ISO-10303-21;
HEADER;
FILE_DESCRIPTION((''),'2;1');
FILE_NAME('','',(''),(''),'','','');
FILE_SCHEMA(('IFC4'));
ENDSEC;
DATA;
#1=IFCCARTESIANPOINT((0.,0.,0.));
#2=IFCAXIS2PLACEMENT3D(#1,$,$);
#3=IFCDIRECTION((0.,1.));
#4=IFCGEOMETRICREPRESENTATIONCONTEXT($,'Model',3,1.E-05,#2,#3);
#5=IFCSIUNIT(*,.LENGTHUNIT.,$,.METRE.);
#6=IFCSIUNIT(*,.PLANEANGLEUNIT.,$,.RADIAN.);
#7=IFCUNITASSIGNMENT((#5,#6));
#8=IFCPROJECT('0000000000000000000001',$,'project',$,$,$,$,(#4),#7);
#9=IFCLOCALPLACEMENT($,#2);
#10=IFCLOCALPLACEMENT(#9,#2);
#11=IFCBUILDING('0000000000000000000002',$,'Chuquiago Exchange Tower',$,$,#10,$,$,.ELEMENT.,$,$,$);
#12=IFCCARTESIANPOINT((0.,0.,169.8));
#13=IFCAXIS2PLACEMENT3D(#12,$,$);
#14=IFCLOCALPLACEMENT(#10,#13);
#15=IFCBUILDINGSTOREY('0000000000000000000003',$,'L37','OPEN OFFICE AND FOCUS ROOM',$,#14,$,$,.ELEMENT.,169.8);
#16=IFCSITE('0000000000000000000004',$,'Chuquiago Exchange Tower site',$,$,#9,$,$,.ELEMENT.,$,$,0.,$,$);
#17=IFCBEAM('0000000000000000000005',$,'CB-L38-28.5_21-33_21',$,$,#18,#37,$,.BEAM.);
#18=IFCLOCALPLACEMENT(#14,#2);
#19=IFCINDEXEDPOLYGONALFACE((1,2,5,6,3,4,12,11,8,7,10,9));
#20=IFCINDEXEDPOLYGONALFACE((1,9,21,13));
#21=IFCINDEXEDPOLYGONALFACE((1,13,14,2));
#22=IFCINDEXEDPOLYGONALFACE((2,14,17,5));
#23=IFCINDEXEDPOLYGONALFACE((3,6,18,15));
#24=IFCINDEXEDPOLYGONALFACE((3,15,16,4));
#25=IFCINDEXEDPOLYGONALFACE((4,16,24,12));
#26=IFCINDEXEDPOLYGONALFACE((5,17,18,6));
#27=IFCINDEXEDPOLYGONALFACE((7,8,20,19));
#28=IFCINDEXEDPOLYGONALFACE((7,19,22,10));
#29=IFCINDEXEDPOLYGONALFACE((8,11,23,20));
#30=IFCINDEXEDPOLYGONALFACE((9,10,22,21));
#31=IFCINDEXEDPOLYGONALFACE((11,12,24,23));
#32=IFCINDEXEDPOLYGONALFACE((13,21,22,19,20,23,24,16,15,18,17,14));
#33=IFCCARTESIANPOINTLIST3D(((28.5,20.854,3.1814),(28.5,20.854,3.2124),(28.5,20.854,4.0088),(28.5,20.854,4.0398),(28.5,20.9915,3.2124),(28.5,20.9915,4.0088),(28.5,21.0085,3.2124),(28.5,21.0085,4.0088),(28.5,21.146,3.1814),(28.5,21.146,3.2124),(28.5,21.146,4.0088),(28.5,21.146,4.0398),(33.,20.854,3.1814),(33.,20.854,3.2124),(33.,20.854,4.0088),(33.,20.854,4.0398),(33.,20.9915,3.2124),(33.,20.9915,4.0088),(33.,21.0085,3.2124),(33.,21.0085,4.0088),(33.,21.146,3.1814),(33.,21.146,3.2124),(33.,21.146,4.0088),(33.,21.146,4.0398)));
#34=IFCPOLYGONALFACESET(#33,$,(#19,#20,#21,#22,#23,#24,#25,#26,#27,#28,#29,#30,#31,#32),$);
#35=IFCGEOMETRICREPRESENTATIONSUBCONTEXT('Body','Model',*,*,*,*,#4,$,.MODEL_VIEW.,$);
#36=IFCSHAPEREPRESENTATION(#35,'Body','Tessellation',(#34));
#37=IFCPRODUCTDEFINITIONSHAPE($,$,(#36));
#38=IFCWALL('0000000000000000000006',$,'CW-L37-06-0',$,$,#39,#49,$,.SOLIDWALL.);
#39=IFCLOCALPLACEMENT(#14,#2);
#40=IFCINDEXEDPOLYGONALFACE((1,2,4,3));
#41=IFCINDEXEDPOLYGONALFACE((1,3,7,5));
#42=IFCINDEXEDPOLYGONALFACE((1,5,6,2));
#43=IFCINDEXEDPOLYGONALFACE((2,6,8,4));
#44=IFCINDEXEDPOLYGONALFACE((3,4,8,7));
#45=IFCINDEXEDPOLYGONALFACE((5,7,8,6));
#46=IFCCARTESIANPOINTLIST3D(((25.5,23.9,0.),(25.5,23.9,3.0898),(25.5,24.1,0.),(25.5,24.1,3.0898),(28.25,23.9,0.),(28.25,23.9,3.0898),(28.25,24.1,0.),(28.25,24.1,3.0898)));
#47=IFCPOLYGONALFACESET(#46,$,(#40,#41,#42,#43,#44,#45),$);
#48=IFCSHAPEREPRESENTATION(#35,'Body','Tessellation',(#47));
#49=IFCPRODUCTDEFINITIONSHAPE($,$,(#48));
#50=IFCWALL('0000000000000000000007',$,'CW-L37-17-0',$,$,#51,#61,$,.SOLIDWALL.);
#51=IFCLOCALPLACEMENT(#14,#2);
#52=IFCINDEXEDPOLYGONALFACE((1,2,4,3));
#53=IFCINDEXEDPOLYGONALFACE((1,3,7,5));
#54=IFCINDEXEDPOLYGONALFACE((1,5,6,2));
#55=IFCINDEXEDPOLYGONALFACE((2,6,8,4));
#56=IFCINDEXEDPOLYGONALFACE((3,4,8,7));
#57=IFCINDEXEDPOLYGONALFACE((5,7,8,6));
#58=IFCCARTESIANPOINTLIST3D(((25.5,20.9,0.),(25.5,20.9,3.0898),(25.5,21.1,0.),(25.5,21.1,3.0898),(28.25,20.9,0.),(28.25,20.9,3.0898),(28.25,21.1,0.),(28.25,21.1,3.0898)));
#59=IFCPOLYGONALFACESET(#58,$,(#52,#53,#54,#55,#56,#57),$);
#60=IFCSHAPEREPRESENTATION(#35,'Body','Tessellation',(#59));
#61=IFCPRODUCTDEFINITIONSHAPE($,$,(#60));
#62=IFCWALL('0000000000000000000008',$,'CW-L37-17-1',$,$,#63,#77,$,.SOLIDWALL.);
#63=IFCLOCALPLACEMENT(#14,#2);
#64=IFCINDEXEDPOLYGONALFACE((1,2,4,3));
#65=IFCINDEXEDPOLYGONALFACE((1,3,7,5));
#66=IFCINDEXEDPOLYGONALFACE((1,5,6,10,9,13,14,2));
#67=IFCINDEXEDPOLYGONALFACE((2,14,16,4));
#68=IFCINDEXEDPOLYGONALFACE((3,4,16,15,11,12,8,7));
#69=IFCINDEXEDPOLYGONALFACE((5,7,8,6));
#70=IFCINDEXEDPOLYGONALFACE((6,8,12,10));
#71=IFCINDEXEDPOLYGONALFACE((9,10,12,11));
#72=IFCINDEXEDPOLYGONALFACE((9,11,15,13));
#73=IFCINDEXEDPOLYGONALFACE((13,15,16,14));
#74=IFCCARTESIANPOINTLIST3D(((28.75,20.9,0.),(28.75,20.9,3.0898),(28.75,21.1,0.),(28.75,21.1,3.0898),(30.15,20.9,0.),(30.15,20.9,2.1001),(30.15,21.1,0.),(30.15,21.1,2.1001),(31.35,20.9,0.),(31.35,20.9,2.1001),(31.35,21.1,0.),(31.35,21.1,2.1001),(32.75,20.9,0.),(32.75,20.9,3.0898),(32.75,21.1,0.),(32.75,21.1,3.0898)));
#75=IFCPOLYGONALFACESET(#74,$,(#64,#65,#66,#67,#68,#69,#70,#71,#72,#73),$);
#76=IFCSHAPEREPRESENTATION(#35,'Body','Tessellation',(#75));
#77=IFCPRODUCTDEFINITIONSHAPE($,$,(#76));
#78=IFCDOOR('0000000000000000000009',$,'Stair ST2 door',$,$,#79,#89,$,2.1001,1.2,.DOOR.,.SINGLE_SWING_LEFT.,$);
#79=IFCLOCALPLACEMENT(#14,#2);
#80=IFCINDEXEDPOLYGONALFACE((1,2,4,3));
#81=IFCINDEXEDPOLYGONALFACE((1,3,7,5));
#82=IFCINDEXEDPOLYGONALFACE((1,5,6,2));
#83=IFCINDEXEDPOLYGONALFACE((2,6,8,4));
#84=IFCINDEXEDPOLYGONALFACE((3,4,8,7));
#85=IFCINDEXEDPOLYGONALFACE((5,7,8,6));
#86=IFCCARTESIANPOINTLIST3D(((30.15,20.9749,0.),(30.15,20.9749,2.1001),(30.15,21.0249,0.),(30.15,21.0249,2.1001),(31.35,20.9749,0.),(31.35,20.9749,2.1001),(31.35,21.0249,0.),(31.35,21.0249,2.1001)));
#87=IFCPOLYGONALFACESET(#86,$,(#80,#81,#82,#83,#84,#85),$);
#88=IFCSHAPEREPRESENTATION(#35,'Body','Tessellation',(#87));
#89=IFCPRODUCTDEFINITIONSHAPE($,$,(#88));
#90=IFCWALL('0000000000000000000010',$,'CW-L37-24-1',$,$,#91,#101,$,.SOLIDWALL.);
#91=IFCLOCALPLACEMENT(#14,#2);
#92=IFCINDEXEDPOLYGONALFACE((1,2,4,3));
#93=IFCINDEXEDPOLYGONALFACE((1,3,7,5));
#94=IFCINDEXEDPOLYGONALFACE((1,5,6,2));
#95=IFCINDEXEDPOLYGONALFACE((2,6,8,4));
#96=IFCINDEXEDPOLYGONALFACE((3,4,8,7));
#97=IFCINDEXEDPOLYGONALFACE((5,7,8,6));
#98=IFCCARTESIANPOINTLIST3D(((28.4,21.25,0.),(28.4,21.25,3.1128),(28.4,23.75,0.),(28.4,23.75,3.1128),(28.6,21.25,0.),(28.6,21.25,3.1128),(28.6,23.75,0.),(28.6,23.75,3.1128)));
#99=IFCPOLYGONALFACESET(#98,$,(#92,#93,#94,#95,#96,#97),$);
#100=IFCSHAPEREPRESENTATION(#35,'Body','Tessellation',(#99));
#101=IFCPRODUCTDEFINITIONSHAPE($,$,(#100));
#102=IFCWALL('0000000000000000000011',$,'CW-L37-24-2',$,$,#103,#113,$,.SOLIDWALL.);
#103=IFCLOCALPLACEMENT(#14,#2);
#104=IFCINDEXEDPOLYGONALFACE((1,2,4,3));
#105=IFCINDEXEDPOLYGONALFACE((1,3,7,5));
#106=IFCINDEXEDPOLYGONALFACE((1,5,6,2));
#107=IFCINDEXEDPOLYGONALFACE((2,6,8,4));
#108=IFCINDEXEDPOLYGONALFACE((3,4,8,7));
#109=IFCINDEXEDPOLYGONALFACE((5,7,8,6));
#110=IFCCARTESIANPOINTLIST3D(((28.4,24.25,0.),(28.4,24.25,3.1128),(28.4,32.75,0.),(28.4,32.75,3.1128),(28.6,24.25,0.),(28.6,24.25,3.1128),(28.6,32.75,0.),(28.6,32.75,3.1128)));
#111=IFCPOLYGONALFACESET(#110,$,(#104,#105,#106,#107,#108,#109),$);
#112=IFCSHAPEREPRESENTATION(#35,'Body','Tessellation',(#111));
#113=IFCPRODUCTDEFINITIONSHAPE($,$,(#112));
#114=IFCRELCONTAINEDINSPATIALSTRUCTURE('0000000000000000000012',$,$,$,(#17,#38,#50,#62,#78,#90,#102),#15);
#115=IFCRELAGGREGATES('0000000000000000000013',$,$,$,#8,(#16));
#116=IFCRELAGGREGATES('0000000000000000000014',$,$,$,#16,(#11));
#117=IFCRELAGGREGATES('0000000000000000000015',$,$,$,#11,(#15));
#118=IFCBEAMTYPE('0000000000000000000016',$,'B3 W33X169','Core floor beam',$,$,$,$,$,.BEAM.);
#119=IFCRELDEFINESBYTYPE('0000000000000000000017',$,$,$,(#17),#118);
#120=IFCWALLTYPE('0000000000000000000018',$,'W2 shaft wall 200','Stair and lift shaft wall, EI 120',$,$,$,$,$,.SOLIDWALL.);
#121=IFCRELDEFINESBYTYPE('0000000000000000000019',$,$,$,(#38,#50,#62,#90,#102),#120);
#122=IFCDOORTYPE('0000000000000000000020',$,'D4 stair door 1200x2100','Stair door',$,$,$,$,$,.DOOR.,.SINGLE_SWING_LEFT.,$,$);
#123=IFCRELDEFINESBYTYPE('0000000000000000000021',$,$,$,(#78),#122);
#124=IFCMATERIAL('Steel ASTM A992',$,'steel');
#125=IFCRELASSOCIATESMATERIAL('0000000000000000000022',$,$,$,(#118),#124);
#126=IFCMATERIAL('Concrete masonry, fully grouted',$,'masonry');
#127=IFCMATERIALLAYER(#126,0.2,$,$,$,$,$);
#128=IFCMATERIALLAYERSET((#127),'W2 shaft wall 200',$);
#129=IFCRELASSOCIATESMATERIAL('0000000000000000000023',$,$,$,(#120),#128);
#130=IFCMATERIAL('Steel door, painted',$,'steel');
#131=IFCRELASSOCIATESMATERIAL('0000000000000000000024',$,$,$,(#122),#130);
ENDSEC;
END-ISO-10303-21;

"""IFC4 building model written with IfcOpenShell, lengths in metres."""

from ifc_helpers import new_model, si_unit, direction, frame, frame_2d, origin, origin_2d, place, context, subcontext, project, spatial, rectangle, i_section, extrude, material, layer, layer_set, material_profile, profile_set, type_object, element, fill, save


model = new_model("IFC4")

# Units and contexts
model_context = context("Model", 3, precision=1e-05, world=origin(), true_north=direction((0.0, 1.0)))
body_context = subcontext(model_context, "Body", "Model", "MODEL_VIEW")
ifc_project = project(units=[si_unit("LENGTHUNIT", "METRE"), si_unit("PLANEANGLEUNIT", "RADIAN")], contexts=[model_context])

# Site, building, storey
site_placement = place(None, origin())
site = spatial("IfcSite", under=ifc_project, at=site_placement, Name="Chuquiago Exchange Tower site", CompositionType="ELEMENT", RefElevation=0.0)
building_placement = place(site_placement, origin())
building = spatial("IfcBuilding", under=site, at=building_placement, Name="Chuquiago Exchange Tower", CompositionType="ELEMENT")
storey_placement = place(building_placement, frame((0.0, 0.0, 169.8)))
storey = spatial("IfcBuildingStorey", under=building, at=storey_placement, Name="L37", Description="OPEN OFFICE AND FOCUS ROOM", CompositionType="ELEMENT", Elevation=169.8)

# Beam
ifc_material_1 = material(Name="Steel ASTM A992", Category="steel")
ifc_material_profile_1 = material_profile(ifc_material_1, i_section(OverallWidth=0.292, OverallDepth=0.8584, WebThickness=0.0171, FlangeThickness=0.031, at=origin_2d()), Name="W33X169")
ifc_profile_set_1 = profile_set([ifc_material_profile_1], Name="Steel ASTM A992")
beam_type_1 = type_object("IfcBeamType", Name="B3 W33X169", Description="Core floor beam", PredefinedType="BEAM", material=ifc_profile_set_1)
beam_1_placement = place(storey_placement, frame((28.5, 21.0, 3.6106), z_axis=(1.0, 0.0, 0.0), x_axis=(0.0, 1.0, 0.0)))
element("IfcBeam", 1, at=beam_1_placement, inside=storey, type_object=beam_type_1, Name="CB-L38-28.5_21-33_21", PredefinedType="BEAM", context=body_context, shape_type="SweptSolid", body=[
    extrude(i_section(OverallWidth=0.292, OverallDepth=0.8584, WebThickness=0.0171, FlangeThickness=0.031, at=origin_2d()), origin(), (0.0, 0.0, 1.0), 4.5),
])

# Walls
ifc_material_2 = material(Name="Concrete masonry, fully grouted", Category="masonry")
ifc_layer = layer(ifc_material_2, 0.2)
ifc_layer_set = layer_set([ifc_layer], Name="W2 shaft wall 200")
wall_type = type_object("IfcWallType", Name="W2 shaft wall 200", Description="Stair and lift shaft wall, EI 120", PredefinedType="SOLIDWALL", material=ifc_layer_set)
for number, where, z_axis, x_axis, name in (
    (2, (25.5, 24.0, 0.0), (0.0, 0.0, 1.0), (1.0, 0.0, 0.0), "CW-L37-06-0"),
    (3, (25.5, 21.0, 0.0), (0.0, 0.0, 1.0), (1.0, 0.0, 0.0), "CW-L37-17-0"),
):
    element("IfcWall", number, at=place(storey_placement, frame(where, z_axis=z_axis, x_axis=x_axis)), inside=storey, type_object=wall_type, Name=name, PredefinedType="SOLIDWALL", context=body_context, shape_type="SweptSolid", body=[
        extrude(rectangle(XDim=2.75, YDim=0.2, at=frame_2d((1.375, 0.0))), origin(), (0.0, 0.0, 1.0), 3.0898),
    ])

# Wall, opening, door
wall_1_placement = place(storey_placement, frame((28.75, 21.0, 0.0), z_axis=(0.0, 0.0, 1.0), x_axis=(1.0, 0.0, 0.0)))
wall_1 = element("IfcWall", 4, at=wall_1_placement, inside=storey, type_object=wall_type, Name="CW-L37-17-1", PredefinedType="SOLIDWALL", context=body_context, shape_type="SweptSolid", body=[
    extrude(rectangle(XDim=4.0, YDim=0.2, at=frame_2d((2.0, 0.0))), origin(), (0.0, 0.0, 1.0), 3.0898),
])
opening_placement = place(wall_1_placement, frame((1.3999, 0.0, 0.0)))
opening = element("IfcOpeningElement", 5, at=opening_placement, cuts=wall_1, PredefinedType="OPENING", context=body_context, shape_type="SweptSolid", body=[
    extrude(rectangle(XDim=1.2, YDim=2.1001, at=frame_2d((0.6001, 1.05))), frame((0.0, 0.1099, 0.0), z_axis=(0.0, -1.0, 0.0), x_axis=(1.0, 0.0, 0.0)), (0.0, 0.0, 1.0), 0.22),
])
ifc_material_3 = material(Name="Steel door, painted", Category="steel")
door_type = type_object("IfcDoorType", Name="D4 stair door 1200x2100", Description="Stair door", OperationType="SINGLE_SWING_LEFT", PredefinedType="DOOR", material=ifc_material_3)
door_placement = place(opening_placement, origin())
door = element("IfcDoor", 6, at=door_placement, inside=storey, type_object=door_type, Name="Stair ST2 door", OperationType="SINGLE_SWING_LEFT", OverallHeight=2.1001, OverallWidth=1.2, PredefinedType="DOOR", context=body_context, shape_type="SweptSolid", body=[
    extrude(rectangle(XDim=1.2, YDim=2.1001, at=frame_2d((0.6001, 1.05))), frame((0.0, 0.0249, 0.0), z_axis=(0.0, -1.0, 0.0), x_axis=(1.0, 0.0, 0.0)), (0.0, 0.0, 1.0), 0.05),
])
fill(opening, door)

# Walls
wall_2_placement = place(storey_placement, frame((28.5, 21.25, 0.0), z_axis=(0.0, 0.0, 1.0), x_axis=(0.0, 1.0, 0.0)))
element("IfcWall", 7, at=wall_2_placement, inside=storey, type_object=wall_type, Name="CW-L37-24-1", PredefinedType="SOLIDWALL", context=body_context, shape_type="SweptSolid", body=[
    extrude(rectangle(XDim=2.5, YDim=0.2, at=frame_2d((1.25, 0.0))), origin(), (0.0, 0.0, 1.0), 3.1128),
])
wall_3_placement = place(storey_placement, frame((28.5, 24.25, 0.0), z_axis=(0.0, 0.0, 1.0), x_axis=(0.0, 1.0, 0.0)))
element("IfcWall", 8, at=wall_3_placement, inside=storey, type_object=wall_type, Name="CW-L37-24-2", PredefinedType="SOLIDWALL", context=body_context, shape_type="SweptSolid", body=[
    extrude(rectangle(XDim=8.5, YDim=0.2, at=frame_2d((4.25, 0.0))), origin(), (0.0, 0.0, 1.0), 3.1128),
])

save(model, "model.ifc")
